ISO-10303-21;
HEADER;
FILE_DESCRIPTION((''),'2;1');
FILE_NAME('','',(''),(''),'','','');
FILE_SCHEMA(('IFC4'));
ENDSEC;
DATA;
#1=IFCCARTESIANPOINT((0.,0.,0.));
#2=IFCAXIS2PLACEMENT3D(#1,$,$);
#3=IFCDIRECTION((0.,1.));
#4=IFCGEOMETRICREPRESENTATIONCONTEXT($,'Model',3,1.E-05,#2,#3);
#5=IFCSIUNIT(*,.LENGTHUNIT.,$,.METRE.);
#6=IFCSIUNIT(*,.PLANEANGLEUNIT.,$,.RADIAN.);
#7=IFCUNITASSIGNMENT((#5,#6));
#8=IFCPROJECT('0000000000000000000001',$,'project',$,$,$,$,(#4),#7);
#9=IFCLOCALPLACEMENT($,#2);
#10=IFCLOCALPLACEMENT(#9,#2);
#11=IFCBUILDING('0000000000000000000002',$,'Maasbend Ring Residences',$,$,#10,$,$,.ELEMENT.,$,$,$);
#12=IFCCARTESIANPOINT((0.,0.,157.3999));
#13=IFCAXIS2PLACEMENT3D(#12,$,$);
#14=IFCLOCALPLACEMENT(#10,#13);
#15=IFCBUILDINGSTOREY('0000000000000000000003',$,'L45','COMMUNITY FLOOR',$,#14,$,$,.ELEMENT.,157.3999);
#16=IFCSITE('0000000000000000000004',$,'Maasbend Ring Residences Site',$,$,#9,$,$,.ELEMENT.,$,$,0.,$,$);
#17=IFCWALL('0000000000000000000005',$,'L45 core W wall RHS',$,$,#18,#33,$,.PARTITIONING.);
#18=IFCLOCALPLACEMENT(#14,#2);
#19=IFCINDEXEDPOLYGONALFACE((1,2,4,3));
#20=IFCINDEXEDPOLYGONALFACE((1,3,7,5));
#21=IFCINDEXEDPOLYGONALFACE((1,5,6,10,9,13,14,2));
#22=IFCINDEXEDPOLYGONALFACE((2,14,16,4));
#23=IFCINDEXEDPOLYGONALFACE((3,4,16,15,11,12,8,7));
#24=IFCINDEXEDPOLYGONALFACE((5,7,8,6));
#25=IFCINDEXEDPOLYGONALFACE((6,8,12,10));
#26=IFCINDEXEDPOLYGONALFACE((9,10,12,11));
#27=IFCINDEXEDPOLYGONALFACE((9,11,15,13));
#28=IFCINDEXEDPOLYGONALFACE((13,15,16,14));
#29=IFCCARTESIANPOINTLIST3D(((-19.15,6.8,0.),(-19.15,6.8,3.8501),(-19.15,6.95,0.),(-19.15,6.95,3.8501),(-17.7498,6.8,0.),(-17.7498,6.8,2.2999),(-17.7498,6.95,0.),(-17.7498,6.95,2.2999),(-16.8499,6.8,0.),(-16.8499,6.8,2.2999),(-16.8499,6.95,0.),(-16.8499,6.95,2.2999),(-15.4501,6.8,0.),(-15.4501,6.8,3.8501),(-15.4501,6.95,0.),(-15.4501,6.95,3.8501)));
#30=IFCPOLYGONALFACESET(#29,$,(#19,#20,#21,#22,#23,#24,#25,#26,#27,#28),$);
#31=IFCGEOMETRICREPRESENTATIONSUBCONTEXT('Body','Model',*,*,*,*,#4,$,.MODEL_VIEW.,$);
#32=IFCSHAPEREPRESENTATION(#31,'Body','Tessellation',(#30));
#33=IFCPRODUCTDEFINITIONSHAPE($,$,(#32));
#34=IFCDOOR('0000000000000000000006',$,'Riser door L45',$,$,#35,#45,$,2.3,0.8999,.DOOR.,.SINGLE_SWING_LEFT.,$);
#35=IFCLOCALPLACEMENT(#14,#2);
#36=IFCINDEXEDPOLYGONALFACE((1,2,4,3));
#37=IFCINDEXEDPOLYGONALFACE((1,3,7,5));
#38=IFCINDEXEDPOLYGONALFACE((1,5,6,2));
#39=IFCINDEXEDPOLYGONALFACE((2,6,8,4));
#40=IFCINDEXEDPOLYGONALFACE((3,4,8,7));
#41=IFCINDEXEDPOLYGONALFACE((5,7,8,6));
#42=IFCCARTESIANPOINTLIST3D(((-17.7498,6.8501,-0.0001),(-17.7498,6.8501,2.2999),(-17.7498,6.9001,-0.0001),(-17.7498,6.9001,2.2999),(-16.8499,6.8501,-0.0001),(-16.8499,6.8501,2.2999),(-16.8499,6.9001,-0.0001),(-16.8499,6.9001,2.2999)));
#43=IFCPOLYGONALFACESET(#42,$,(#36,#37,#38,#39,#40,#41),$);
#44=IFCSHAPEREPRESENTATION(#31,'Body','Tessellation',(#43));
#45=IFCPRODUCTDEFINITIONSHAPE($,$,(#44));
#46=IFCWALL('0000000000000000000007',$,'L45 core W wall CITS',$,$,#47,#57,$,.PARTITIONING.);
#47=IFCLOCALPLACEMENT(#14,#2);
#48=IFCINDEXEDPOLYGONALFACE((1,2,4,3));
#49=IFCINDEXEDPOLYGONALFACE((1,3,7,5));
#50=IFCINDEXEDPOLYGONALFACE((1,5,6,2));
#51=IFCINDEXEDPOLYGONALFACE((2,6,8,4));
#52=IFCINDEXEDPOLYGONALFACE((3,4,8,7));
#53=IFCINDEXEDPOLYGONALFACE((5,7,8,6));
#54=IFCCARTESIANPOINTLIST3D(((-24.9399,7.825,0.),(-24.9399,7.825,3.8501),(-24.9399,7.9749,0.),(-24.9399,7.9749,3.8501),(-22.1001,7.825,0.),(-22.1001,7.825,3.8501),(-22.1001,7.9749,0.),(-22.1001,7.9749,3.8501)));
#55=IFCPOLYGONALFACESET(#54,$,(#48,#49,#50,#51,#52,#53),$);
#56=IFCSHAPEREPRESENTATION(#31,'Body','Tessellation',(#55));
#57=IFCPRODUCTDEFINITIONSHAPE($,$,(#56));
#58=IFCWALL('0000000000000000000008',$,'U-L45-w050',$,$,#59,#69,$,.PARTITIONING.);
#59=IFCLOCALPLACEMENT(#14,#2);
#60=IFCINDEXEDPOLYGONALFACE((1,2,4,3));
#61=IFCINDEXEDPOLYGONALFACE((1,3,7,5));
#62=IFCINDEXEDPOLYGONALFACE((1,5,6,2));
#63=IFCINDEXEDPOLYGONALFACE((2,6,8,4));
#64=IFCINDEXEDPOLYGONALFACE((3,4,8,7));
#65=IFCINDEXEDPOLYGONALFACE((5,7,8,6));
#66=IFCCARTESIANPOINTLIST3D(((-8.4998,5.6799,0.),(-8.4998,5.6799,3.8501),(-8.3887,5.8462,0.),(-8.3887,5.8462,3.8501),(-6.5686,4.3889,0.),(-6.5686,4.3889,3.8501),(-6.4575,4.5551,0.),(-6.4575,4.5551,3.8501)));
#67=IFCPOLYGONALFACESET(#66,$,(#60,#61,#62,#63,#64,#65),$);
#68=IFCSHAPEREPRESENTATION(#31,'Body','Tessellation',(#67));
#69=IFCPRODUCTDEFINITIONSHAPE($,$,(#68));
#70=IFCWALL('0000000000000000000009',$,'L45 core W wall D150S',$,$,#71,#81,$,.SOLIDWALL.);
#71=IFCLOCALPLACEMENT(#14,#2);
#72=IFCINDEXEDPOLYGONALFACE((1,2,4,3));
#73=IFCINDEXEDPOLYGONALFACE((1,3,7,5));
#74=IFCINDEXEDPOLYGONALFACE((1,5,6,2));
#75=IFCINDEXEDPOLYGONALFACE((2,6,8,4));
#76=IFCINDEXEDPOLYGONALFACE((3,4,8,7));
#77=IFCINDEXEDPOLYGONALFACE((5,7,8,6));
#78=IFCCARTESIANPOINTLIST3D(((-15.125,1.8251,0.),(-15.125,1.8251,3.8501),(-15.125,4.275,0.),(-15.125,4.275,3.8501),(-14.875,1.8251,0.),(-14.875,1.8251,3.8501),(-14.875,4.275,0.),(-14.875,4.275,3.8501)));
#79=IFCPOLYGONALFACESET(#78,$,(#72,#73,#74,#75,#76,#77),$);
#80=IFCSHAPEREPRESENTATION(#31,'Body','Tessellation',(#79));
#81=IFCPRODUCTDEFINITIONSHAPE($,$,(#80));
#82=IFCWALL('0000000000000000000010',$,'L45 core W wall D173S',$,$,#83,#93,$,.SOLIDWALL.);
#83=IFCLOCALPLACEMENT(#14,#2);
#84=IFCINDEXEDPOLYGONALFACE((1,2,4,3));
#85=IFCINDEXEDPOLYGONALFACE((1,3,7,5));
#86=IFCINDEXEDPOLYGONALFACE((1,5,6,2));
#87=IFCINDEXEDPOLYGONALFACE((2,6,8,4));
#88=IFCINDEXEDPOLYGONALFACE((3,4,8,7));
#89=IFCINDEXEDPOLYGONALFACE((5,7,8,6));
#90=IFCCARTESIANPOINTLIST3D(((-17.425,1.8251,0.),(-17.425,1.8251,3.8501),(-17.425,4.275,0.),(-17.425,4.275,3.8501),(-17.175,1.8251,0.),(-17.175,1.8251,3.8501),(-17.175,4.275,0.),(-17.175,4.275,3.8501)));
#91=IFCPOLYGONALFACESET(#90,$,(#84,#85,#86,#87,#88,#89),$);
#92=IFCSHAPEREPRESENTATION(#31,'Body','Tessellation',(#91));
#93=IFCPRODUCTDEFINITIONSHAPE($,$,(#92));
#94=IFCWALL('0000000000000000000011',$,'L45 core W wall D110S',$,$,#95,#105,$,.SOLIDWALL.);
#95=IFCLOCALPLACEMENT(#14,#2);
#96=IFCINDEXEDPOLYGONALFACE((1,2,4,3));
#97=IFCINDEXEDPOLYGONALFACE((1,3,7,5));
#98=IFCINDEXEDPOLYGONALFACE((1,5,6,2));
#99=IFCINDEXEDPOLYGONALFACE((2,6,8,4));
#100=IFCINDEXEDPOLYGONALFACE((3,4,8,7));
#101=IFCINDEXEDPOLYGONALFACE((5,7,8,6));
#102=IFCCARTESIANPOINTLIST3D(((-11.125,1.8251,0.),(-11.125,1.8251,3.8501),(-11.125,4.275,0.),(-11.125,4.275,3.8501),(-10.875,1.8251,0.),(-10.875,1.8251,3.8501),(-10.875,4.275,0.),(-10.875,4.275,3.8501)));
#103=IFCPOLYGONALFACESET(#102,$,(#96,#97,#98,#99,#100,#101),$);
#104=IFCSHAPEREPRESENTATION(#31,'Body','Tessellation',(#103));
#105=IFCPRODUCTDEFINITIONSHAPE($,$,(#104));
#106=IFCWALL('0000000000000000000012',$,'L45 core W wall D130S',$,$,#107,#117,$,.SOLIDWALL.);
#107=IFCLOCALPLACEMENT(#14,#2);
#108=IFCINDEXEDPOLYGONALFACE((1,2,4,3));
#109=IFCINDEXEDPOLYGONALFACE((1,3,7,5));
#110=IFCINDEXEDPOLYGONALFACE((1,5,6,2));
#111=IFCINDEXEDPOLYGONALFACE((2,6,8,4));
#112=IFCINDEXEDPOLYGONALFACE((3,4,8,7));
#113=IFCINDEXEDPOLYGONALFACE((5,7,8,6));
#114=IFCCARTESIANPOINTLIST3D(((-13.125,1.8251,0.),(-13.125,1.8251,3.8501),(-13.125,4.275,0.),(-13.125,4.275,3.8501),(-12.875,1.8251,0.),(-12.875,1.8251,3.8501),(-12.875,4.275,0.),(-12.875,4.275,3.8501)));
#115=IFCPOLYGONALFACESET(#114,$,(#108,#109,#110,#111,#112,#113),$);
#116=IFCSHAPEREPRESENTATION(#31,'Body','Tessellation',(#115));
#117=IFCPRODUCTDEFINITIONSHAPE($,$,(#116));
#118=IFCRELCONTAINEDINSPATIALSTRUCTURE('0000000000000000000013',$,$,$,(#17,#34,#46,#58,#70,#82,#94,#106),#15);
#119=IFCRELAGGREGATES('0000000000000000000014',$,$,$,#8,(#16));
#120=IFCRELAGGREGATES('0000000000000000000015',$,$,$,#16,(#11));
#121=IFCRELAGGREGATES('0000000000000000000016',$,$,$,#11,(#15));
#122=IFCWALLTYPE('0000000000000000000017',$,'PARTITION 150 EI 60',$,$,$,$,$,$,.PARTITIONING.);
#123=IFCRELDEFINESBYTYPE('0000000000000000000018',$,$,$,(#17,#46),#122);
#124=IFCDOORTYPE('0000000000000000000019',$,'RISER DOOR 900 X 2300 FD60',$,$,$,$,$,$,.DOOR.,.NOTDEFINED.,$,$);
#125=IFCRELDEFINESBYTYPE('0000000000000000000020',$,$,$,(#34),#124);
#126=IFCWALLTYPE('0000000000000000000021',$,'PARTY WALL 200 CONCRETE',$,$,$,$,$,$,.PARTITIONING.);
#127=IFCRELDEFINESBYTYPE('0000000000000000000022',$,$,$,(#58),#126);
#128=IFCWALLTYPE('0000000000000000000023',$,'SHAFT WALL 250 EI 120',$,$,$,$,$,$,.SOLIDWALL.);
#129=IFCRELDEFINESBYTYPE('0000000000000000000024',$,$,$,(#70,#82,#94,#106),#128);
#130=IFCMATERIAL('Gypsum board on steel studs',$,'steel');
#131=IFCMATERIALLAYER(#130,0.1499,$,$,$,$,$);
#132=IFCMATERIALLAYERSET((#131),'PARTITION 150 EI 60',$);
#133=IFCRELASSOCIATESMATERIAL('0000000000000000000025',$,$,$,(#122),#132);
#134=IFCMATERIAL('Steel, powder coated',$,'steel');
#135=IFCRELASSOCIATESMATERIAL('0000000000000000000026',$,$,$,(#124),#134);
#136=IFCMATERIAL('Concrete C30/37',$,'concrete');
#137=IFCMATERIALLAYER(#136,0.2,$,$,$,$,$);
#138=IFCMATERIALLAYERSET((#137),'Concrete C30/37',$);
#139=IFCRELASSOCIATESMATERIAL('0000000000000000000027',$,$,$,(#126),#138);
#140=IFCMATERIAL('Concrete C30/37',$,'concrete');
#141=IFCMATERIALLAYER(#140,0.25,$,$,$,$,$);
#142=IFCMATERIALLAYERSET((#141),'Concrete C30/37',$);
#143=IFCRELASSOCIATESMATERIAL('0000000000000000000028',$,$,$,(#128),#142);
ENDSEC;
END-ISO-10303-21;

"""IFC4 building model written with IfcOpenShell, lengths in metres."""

from ifc_helpers import new_model, si_unit, direction, frame, frame_2d, origin, place, context, subcontext, project, spatial, rectangle, extrude, material, layer, layer_set, type_object, element, fill, save


model = new_model("IFC4")

# Units and contexts
model_context = context("Model", 3, precision=1e-05, world=origin(), true_north=direction((0.0, 1.0)))
body_context = subcontext(model_context, "Body", "Model", "MODEL_VIEW")
ifc_project = project(units=[si_unit("LENGTHUNIT", "METRE"), si_unit("PLANEANGLEUNIT", "RADIAN")], contexts=[model_context])

# Site, building, storey
site_placement = place(None, origin())
site = spatial("IfcSite", under=ifc_project, at=site_placement, Name="Maasbend Ring Residences Site", CompositionType="ELEMENT", RefElevation=0.0)
building_placement = place(site_placement, origin())
building = spatial("IfcBuilding", under=site, at=building_placement, Name="Maasbend Ring Residences", CompositionType="ELEMENT")
storey_placement = place(building_placement, frame((0.0, 0.0, 157.3999)))
storey = spatial("IfcBuildingStorey", under=building, at=storey_placement, Name="L45", Description="COMMUNITY FLOOR", CompositionType="ELEMENT", Elevation=157.3999)

# Wall, opening, door
ifc_material_1 = material(Name="Gypsum board on steel studs", Category="steel")
ifc_layer_1 = layer(ifc_material_1, 0.1499)
ifc_layer_set_1 = layer_set([ifc_layer_1], Name="PARTITION 150 EI 60")
wall_type_1 = type_object("IfcWallType", Name="PARTITION 150 EI 60", PredefinedType="PARTITIONING", material=ifc_layer_set_1)
wall_1_placement = place(storey_placement, frame((-15.45, 6.875, 0.0), z_axis=(0.0, 0.0, 1.0), x_axis=(-1.0, 0.0, 0.0)))
wall_1 = element("IfcWall", 1, at=wall_1_placement, inside=storey, type_object=wall_type_1, Name="L45 core W wall RHS", PredefinedType="PARTITIONING", context=body_context, shape_type="SweptSolid", body=[
    extrude(rectangle(XDim=3.7, YDim=0.1499, at=frame_2d((1.8501, 0.0))), origin(), (0.0, 0.0, 1.0), 3.8501),
])
opening_1_placement = place(wall_1_placement, frame((1.3999, 0.0, 0.0)))
opening_1 = element("IfcOpeningElement", 2, at=opening_1_placement, cuts=wall_1, PredefinedType="OPENING", context=body_context, shape_type="SweptSolid", body=[
    extrude(rectangle(XDim=0.8999, YDim=2.3, at=frame_2d((0.45, 1.1499))), frame((0.0, 0.085, 0.0), z_axis=(0.0, -1.0, 0.0), x_axis=(1.0, 0.0, 0.0)), (0.0, 0.0, 1.0), 0.1699),
])
ifc_material_2 = material(Name="Steel, powder coated", Category="steel")
door_type_1 = type_object("IfcDoorType", Name="RISER DOOR 900 X 2300 FD60", OperationType="NOTDEFINED", PredefinedType="DOOR", material=ifc_material_2)
door_1_placement = place(opening_1_placement, origin())
door_1 = element("IfcDoor", 3, at=door_1_placement, inside=storey, type_object=door_type_1, Name="Riser door L45", OperationType="SINGLE_SWING_LEFT", OverallHeight=2.3, OverallWidth=0.8999, PredefinedType="DOOR", context=body_context, shape_type="SweptSolid", body=[
    extrude(rectangle(XDim=0.8999, YDim=2.3, at=frame_2d((0.45, 1.1499))), frame((0.0, 0.0249, 0.0), z_axis=(0.0, -1.0, 0.0), x_axis=(1.0, 0.0, 0.0)), (0.0, 0.0, 1.0), 0.05),
])
fill(opening_1, door_1)

# Walls
wall_2_placement = place(storey_placement, frame((-22.1001, 7.8999, 0.0), z_axis=(0.0, 0.0, 1.0), x_axis=(-1.0, 0.0, 0.0)))
element("IfcWall", 4, at=wall_2_placement, inside=storey, type_object=wall_type_1, Name="L45 core W wall CITS", PredefinedType="PARTITIONING", context=body_context, shape_type="SweptSolid", body=[
    extrude(rectangle(XDim=2.8398, YDim=0.1499, at=frame_2d((1.4199, 0.0))), origin(), (0.0, 0.0, 1.0), 3.8501),
])
ifc_material_3 = material(Name="Concrete C30/37", Category="concrete")
ifc_layer_2 = layer(ifc_material_3, 0.2)
ifc_layer_set_2 = layer_set([ifc_layer_2], Name="Concrete C30/37")
wall_type_2 = type_object("IfcWallType", Name="PARTY WALL 200 CONCRETE", PredefinedType="PARTITIONING", material=ifc_layer_set_2)
wall_3_placement = place(storey_placement, frame((-6.5129, 4.4719, 0.0), z_axis=(0.0, 0.0, 1.0), x_axis=(-0.831338, 0.555767, 0.0)))
element("IfcWall", 5, at=wall_3_placement, inside=storey, type_object=wall_type_2, Name="U-L45-w050", PredefinedType="PARTITIONING", context=body_context, shape_type="SweptSolid", body=[
    extrude(rectangle(XDim=2.323, YDim=0.2, at=frame_2d((1.1616, 0.0))), origin(), (0.0, 0.0, 1.0), 3.8501),
])
ifc_material_4 = material(Name="Concrete C30/37", Category="concrete")
ifc_layer_3 = layer(ifc_material_4, 0.25)
ifc_layer_set_3 = layer_set([ifc_layer_3], Name="Concrete C30/37")
wall_type_3 = type_object("IfcWallType", Name="SHAFT WALL 250 EI 120", PredefinedType="SOLIDWALL", material=ifc_layer_set_3)
for number, where, z_axis, x_axis, name in (
    (6, (-15.0, 1.825, 0.0), (0.0, 0.0, 1.0), (0.0, 1.0, 0.0), "L45 core W wall D150S"),
    (7, (-17.3, 1.825, 0.0), (0.0, 0.0, 1.0), (0.0, 1.0, 0.0), "L45 core W wall D173S"),
    (8, (-11.0, 1.825, 0.0), (0.0, 0.0, 1.0), (0.0, 1.0, 0.0), "L45 core W wall D110S"),
    (9, (-13.0, 1.825, 0.0), (0.0, 0.0, 1.0), (0.0, 1.0, 0.0), "L45 core W wall D130S"),
):
    element("IfcWall", number, at=place(storey_placement, frame(where, z_axis=z_axis, x_axis=x_axis)), inside=storey, type_object=wall_type_3, Name=name, PredefinedType="SOLIDWALL", context=body_context, shape_type="SweptSolid", body=[
        extrude(rectangle(XDim=2.45, YDim=0.25, at=frame_2d((1.2251, 0.0))), origin(), (0.0, 0.0, 1.0), 3.8501),
    ])

save(model, "model.ifc")
